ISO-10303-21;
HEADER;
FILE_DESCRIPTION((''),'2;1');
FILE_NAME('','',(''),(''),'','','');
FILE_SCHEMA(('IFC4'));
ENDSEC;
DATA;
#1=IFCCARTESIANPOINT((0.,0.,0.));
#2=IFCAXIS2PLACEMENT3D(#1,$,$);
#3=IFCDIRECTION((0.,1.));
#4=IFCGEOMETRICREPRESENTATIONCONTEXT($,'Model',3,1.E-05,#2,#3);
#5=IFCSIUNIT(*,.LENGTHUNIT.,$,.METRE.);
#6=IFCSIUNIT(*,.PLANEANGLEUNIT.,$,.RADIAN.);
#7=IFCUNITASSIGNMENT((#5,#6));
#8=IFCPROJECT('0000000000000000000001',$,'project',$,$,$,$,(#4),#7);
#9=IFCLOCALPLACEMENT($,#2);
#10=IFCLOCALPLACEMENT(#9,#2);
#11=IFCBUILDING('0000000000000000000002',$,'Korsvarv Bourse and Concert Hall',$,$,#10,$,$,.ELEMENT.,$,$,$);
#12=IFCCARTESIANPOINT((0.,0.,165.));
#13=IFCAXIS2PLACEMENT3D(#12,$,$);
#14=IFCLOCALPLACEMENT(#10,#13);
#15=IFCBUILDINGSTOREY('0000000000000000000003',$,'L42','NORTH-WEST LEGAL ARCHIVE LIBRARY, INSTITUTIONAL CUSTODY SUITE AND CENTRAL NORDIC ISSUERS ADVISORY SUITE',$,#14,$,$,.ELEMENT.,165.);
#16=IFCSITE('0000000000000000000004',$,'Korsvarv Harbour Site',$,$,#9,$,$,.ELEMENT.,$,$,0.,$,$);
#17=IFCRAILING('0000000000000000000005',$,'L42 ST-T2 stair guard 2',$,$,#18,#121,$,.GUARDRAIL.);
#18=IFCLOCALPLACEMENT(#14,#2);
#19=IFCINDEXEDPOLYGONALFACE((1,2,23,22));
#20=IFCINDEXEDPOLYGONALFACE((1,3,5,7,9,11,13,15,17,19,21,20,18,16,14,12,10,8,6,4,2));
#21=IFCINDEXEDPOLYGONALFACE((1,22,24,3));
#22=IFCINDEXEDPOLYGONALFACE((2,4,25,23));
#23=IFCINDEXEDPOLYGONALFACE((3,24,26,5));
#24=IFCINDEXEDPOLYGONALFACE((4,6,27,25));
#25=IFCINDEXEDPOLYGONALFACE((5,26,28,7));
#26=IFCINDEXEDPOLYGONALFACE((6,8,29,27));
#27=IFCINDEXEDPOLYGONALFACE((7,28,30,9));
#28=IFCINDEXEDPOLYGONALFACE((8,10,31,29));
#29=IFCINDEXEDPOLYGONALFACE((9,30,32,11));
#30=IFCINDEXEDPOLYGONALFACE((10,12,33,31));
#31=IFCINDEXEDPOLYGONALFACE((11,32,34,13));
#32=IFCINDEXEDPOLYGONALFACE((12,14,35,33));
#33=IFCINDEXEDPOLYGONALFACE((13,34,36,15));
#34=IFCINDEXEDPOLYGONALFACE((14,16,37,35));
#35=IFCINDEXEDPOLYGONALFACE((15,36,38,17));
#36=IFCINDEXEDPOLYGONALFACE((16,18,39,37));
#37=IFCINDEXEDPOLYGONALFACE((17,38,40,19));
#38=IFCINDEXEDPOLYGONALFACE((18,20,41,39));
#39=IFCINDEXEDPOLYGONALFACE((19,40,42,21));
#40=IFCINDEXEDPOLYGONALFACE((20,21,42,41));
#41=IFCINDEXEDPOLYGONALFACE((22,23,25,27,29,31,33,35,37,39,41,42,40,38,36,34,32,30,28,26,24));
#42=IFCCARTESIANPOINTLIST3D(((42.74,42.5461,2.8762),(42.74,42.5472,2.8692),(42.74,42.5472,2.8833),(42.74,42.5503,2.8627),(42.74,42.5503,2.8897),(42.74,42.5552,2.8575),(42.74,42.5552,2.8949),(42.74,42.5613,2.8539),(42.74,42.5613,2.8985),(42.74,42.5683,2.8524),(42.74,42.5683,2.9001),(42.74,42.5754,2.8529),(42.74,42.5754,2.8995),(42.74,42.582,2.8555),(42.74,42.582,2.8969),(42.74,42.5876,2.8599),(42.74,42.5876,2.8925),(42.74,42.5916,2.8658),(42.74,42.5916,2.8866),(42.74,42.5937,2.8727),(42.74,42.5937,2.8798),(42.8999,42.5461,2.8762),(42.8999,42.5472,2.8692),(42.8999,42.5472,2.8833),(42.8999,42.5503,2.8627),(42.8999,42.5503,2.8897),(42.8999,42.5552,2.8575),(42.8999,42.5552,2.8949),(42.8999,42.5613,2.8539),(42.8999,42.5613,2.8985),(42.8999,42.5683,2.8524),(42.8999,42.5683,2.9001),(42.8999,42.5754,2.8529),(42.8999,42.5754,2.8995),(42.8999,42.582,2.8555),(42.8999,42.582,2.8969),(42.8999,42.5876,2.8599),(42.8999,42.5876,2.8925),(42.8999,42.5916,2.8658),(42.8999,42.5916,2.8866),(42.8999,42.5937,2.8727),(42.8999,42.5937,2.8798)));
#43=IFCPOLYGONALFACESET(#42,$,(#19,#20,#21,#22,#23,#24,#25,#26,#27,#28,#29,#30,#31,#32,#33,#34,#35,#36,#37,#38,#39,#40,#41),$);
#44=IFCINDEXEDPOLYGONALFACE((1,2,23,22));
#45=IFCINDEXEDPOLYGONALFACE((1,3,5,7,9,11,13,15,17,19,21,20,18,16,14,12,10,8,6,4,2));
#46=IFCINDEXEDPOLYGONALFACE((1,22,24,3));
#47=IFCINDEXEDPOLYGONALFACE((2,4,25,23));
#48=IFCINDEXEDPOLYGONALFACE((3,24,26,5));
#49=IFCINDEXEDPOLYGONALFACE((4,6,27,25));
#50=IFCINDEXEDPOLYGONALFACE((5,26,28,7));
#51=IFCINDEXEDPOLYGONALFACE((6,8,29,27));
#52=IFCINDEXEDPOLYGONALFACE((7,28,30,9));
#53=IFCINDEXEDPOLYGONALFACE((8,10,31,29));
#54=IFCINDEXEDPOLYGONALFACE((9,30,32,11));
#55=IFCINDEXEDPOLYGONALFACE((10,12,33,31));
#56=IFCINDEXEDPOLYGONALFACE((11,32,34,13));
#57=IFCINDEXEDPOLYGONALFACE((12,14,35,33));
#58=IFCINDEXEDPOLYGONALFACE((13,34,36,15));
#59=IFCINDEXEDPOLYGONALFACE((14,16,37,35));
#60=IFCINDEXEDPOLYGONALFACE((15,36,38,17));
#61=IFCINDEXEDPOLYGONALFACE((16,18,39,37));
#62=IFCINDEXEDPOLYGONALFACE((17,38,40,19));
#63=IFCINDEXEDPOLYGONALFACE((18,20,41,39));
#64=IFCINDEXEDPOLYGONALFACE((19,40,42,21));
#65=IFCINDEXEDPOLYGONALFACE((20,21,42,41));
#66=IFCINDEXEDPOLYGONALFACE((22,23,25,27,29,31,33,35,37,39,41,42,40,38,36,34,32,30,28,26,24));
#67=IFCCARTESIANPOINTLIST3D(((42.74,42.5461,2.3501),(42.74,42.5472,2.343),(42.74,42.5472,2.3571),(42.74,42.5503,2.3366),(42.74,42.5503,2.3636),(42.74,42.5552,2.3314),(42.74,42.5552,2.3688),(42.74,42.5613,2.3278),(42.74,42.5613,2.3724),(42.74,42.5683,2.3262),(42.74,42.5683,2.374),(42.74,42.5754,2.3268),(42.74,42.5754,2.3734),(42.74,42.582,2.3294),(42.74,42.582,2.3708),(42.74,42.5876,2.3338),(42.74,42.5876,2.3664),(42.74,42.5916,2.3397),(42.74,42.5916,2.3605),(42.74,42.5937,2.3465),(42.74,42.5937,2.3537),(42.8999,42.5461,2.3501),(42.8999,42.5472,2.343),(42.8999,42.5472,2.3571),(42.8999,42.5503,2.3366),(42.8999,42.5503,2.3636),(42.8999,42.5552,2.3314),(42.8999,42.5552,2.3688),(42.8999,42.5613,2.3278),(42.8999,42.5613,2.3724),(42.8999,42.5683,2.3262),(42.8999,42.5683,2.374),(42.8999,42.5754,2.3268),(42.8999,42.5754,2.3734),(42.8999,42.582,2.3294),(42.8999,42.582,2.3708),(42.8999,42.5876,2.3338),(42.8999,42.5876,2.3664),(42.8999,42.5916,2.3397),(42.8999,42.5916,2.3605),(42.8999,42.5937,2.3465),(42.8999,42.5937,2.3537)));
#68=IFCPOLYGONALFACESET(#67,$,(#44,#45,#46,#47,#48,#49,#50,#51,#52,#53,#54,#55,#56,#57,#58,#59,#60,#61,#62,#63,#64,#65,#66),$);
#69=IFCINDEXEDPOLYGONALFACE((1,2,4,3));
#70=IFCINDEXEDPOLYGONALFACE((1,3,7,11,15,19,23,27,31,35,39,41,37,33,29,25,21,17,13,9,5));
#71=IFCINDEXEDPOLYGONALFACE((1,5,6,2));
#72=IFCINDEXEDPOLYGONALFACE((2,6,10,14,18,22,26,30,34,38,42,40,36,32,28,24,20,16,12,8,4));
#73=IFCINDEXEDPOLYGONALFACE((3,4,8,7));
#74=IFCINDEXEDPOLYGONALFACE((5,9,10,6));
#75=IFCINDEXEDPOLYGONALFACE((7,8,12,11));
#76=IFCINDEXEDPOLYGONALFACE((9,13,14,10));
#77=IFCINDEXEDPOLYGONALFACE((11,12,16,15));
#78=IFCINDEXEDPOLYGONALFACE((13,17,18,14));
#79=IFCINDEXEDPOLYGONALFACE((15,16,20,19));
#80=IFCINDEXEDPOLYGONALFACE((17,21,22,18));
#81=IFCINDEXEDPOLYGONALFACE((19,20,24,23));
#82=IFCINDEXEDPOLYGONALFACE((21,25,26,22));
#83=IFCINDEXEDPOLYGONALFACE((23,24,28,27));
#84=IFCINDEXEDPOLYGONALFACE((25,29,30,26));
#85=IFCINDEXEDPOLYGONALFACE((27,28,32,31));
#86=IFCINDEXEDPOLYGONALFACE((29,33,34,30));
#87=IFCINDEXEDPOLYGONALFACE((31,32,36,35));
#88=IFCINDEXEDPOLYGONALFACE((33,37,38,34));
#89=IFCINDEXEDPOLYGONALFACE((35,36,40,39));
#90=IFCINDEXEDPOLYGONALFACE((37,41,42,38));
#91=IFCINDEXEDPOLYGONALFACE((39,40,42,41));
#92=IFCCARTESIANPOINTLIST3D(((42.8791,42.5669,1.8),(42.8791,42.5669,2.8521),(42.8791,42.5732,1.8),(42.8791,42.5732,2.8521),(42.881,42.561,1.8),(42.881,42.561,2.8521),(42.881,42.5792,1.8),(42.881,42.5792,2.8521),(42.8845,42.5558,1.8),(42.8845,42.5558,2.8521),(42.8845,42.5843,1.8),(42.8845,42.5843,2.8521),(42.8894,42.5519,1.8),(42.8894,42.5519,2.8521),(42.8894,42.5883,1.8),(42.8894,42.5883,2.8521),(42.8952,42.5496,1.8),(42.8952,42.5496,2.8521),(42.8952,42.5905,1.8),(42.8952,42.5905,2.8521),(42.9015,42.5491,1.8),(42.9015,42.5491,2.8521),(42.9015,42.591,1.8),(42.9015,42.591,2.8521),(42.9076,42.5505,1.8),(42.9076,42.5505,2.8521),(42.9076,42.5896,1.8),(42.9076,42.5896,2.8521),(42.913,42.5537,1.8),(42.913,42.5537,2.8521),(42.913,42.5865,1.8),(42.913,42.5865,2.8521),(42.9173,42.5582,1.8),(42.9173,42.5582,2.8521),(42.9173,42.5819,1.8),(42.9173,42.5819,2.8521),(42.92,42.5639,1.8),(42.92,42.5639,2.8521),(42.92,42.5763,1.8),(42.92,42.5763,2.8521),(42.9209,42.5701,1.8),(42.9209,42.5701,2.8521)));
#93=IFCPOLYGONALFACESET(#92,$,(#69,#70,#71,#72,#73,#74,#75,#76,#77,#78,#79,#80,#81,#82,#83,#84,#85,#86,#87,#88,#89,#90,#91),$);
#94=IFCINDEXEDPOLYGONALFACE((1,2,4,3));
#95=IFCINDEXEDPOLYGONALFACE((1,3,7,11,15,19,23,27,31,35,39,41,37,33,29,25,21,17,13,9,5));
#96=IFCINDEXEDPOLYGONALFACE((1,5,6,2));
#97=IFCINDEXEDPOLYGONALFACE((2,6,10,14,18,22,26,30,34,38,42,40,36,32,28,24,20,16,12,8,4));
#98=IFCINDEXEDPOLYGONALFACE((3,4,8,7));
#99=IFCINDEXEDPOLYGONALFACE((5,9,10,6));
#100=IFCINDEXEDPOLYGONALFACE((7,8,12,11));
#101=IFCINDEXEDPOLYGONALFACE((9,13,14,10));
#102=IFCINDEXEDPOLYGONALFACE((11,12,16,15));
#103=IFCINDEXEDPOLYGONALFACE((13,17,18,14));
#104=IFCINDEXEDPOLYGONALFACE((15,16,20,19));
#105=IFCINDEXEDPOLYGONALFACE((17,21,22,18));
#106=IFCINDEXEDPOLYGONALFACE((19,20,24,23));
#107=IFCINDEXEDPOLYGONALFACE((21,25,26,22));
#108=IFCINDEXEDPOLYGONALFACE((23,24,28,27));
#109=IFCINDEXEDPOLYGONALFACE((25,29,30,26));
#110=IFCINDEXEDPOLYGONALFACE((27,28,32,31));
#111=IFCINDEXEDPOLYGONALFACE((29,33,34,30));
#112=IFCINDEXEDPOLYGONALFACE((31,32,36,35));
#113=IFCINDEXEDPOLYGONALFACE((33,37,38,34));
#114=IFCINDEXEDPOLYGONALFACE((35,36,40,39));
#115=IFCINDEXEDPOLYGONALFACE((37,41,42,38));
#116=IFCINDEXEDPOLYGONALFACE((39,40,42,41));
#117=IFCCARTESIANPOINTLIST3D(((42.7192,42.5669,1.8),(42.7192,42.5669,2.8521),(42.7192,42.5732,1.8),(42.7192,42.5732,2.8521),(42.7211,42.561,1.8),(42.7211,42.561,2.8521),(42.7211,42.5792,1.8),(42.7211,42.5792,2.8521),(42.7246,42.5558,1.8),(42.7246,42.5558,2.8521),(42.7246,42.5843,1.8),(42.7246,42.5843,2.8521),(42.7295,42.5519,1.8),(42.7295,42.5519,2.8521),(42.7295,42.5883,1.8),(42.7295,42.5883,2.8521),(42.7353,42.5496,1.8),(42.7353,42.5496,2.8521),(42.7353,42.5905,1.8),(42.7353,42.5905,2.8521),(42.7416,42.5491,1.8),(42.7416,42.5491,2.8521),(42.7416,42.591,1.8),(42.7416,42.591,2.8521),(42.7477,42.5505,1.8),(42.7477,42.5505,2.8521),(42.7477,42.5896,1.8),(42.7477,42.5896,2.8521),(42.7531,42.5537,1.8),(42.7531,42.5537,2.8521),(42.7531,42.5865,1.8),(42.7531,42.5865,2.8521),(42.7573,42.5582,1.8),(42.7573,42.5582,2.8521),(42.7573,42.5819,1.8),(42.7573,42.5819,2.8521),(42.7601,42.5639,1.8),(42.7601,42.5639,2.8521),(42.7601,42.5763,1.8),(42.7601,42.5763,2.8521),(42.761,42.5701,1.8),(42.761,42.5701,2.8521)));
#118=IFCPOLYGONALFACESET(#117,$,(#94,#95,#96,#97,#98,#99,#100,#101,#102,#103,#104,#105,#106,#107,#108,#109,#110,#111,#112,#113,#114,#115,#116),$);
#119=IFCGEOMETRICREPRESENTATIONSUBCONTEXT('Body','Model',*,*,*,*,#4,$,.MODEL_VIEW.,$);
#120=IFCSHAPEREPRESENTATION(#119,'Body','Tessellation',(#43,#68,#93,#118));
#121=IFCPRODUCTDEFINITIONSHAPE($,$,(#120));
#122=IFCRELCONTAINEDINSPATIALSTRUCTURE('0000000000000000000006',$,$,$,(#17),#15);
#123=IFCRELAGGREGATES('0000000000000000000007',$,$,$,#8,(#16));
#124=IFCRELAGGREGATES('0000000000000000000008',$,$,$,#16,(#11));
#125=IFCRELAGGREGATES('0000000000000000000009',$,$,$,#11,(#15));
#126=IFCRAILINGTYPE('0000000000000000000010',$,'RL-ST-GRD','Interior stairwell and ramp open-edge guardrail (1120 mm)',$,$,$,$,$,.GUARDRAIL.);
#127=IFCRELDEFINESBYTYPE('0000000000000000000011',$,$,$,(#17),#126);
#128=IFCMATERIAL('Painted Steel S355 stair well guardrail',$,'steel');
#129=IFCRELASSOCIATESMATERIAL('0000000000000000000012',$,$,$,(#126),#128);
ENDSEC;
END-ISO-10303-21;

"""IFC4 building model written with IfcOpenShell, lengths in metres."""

from ifc_helpers import new_model, si_unit, direction, frame, origin, origin_2d, place, context, subcontext, project, spatial, circle, extrude, material, type_object, element, save


model = new_model("IFC4")

# Units and contexts
model_context = context("Model", 3, precision=1e-05, world=origin(), true_north=direction((0.0, 1.0)))
body_context = subcontext(model_context, "Body", "Model", "MODEL_VIEW")
ifc_project = project(units=[si_unit("LENGTHUNIT", "METRE"), si_unit("PLANEANGLEUNIT", "RADIAN")], contexts=[model_context])

# Site, building, storey
site_placement = place(None, origin())
site = spatial("IfcSite", under=ifc_project, at=site_placement, Name="Korsvarv Harbour Site", CompositionType="ELEMENT", RefElevation=0.0)
building_placement = place(site_placement, origin())
building = spatial("IfcBuilding", under=site, at=building_placement, Name="Korsvarv Bourse and Concert Hall", CompositionType="ELEMENT")
storey_placement = place(building_placement, frame((0.0, 0.0, 165.0)))
storey = spatial("IfcBuildingStorey", under=building, at=storey_placement, Name="L42", Description="NORTH-WEST LEGAL ARCHIVE LIBRARY, INSTITUTIONAL CUSTODY SUITE AND CENTRAL NORDIC ISSUERS ADVISORY SUITE", CompositionType="ELEMENT", Elevation=165.0)

# Railing
ifc_material_1 = material(Name="Painted Steel S355 stair well guardrail", Category="steel")
railing_type_1 = type_object("IfcRailingType", Name="RL-ST-GRD", Description="Interior stairwell and ramp open-edge guardrail (1120 mm)", PredefinedType="GUARDRAIL", material=ifc_material_1)
railing_1_placement = place(storey_placement, frame((42.8999, 42.5701, 1.8)))
element("IfcRailing", 1, at=railing_1_placement, inside=storey, type_object=railing_type_1, Name="L42 ST-T2 stair guard 2", PredefinedType="GUARDRAIL", context=body_context, shape_type="SweptSolid", body=[
    extrude(circle(Radius=0.0239, at=origin_2d()), frame((0.0, 0.0, 1.0762), z_axis=(-1.0, 0.0, 0.0), x_axis=(0.0, -1.0, 0.0)), (0.0, 0.0, 1.0), 0.1599),
    extrude(circle(Radius=0.0239, at=origin_2d()), frame((0.0, 0.0, 0.55), z_axis=(-1.0, 0.0, 0.0), x_axis=(0.0, -1.0, 0.0)), (0.0, 0.0, 1.0), 0.1599),
    extrude(circle(Radius=0.021, at=origin_2d()), origin(), (0.0, 0.0, 1.0), 1.052),
    extrude(circle(Radius=0.021, at=origin_2d()), frame((-0.1599, 0.0, 0.0)), (0.0, 0.0, 1.0), 1.052),
])

save(model, "model.ifc")
